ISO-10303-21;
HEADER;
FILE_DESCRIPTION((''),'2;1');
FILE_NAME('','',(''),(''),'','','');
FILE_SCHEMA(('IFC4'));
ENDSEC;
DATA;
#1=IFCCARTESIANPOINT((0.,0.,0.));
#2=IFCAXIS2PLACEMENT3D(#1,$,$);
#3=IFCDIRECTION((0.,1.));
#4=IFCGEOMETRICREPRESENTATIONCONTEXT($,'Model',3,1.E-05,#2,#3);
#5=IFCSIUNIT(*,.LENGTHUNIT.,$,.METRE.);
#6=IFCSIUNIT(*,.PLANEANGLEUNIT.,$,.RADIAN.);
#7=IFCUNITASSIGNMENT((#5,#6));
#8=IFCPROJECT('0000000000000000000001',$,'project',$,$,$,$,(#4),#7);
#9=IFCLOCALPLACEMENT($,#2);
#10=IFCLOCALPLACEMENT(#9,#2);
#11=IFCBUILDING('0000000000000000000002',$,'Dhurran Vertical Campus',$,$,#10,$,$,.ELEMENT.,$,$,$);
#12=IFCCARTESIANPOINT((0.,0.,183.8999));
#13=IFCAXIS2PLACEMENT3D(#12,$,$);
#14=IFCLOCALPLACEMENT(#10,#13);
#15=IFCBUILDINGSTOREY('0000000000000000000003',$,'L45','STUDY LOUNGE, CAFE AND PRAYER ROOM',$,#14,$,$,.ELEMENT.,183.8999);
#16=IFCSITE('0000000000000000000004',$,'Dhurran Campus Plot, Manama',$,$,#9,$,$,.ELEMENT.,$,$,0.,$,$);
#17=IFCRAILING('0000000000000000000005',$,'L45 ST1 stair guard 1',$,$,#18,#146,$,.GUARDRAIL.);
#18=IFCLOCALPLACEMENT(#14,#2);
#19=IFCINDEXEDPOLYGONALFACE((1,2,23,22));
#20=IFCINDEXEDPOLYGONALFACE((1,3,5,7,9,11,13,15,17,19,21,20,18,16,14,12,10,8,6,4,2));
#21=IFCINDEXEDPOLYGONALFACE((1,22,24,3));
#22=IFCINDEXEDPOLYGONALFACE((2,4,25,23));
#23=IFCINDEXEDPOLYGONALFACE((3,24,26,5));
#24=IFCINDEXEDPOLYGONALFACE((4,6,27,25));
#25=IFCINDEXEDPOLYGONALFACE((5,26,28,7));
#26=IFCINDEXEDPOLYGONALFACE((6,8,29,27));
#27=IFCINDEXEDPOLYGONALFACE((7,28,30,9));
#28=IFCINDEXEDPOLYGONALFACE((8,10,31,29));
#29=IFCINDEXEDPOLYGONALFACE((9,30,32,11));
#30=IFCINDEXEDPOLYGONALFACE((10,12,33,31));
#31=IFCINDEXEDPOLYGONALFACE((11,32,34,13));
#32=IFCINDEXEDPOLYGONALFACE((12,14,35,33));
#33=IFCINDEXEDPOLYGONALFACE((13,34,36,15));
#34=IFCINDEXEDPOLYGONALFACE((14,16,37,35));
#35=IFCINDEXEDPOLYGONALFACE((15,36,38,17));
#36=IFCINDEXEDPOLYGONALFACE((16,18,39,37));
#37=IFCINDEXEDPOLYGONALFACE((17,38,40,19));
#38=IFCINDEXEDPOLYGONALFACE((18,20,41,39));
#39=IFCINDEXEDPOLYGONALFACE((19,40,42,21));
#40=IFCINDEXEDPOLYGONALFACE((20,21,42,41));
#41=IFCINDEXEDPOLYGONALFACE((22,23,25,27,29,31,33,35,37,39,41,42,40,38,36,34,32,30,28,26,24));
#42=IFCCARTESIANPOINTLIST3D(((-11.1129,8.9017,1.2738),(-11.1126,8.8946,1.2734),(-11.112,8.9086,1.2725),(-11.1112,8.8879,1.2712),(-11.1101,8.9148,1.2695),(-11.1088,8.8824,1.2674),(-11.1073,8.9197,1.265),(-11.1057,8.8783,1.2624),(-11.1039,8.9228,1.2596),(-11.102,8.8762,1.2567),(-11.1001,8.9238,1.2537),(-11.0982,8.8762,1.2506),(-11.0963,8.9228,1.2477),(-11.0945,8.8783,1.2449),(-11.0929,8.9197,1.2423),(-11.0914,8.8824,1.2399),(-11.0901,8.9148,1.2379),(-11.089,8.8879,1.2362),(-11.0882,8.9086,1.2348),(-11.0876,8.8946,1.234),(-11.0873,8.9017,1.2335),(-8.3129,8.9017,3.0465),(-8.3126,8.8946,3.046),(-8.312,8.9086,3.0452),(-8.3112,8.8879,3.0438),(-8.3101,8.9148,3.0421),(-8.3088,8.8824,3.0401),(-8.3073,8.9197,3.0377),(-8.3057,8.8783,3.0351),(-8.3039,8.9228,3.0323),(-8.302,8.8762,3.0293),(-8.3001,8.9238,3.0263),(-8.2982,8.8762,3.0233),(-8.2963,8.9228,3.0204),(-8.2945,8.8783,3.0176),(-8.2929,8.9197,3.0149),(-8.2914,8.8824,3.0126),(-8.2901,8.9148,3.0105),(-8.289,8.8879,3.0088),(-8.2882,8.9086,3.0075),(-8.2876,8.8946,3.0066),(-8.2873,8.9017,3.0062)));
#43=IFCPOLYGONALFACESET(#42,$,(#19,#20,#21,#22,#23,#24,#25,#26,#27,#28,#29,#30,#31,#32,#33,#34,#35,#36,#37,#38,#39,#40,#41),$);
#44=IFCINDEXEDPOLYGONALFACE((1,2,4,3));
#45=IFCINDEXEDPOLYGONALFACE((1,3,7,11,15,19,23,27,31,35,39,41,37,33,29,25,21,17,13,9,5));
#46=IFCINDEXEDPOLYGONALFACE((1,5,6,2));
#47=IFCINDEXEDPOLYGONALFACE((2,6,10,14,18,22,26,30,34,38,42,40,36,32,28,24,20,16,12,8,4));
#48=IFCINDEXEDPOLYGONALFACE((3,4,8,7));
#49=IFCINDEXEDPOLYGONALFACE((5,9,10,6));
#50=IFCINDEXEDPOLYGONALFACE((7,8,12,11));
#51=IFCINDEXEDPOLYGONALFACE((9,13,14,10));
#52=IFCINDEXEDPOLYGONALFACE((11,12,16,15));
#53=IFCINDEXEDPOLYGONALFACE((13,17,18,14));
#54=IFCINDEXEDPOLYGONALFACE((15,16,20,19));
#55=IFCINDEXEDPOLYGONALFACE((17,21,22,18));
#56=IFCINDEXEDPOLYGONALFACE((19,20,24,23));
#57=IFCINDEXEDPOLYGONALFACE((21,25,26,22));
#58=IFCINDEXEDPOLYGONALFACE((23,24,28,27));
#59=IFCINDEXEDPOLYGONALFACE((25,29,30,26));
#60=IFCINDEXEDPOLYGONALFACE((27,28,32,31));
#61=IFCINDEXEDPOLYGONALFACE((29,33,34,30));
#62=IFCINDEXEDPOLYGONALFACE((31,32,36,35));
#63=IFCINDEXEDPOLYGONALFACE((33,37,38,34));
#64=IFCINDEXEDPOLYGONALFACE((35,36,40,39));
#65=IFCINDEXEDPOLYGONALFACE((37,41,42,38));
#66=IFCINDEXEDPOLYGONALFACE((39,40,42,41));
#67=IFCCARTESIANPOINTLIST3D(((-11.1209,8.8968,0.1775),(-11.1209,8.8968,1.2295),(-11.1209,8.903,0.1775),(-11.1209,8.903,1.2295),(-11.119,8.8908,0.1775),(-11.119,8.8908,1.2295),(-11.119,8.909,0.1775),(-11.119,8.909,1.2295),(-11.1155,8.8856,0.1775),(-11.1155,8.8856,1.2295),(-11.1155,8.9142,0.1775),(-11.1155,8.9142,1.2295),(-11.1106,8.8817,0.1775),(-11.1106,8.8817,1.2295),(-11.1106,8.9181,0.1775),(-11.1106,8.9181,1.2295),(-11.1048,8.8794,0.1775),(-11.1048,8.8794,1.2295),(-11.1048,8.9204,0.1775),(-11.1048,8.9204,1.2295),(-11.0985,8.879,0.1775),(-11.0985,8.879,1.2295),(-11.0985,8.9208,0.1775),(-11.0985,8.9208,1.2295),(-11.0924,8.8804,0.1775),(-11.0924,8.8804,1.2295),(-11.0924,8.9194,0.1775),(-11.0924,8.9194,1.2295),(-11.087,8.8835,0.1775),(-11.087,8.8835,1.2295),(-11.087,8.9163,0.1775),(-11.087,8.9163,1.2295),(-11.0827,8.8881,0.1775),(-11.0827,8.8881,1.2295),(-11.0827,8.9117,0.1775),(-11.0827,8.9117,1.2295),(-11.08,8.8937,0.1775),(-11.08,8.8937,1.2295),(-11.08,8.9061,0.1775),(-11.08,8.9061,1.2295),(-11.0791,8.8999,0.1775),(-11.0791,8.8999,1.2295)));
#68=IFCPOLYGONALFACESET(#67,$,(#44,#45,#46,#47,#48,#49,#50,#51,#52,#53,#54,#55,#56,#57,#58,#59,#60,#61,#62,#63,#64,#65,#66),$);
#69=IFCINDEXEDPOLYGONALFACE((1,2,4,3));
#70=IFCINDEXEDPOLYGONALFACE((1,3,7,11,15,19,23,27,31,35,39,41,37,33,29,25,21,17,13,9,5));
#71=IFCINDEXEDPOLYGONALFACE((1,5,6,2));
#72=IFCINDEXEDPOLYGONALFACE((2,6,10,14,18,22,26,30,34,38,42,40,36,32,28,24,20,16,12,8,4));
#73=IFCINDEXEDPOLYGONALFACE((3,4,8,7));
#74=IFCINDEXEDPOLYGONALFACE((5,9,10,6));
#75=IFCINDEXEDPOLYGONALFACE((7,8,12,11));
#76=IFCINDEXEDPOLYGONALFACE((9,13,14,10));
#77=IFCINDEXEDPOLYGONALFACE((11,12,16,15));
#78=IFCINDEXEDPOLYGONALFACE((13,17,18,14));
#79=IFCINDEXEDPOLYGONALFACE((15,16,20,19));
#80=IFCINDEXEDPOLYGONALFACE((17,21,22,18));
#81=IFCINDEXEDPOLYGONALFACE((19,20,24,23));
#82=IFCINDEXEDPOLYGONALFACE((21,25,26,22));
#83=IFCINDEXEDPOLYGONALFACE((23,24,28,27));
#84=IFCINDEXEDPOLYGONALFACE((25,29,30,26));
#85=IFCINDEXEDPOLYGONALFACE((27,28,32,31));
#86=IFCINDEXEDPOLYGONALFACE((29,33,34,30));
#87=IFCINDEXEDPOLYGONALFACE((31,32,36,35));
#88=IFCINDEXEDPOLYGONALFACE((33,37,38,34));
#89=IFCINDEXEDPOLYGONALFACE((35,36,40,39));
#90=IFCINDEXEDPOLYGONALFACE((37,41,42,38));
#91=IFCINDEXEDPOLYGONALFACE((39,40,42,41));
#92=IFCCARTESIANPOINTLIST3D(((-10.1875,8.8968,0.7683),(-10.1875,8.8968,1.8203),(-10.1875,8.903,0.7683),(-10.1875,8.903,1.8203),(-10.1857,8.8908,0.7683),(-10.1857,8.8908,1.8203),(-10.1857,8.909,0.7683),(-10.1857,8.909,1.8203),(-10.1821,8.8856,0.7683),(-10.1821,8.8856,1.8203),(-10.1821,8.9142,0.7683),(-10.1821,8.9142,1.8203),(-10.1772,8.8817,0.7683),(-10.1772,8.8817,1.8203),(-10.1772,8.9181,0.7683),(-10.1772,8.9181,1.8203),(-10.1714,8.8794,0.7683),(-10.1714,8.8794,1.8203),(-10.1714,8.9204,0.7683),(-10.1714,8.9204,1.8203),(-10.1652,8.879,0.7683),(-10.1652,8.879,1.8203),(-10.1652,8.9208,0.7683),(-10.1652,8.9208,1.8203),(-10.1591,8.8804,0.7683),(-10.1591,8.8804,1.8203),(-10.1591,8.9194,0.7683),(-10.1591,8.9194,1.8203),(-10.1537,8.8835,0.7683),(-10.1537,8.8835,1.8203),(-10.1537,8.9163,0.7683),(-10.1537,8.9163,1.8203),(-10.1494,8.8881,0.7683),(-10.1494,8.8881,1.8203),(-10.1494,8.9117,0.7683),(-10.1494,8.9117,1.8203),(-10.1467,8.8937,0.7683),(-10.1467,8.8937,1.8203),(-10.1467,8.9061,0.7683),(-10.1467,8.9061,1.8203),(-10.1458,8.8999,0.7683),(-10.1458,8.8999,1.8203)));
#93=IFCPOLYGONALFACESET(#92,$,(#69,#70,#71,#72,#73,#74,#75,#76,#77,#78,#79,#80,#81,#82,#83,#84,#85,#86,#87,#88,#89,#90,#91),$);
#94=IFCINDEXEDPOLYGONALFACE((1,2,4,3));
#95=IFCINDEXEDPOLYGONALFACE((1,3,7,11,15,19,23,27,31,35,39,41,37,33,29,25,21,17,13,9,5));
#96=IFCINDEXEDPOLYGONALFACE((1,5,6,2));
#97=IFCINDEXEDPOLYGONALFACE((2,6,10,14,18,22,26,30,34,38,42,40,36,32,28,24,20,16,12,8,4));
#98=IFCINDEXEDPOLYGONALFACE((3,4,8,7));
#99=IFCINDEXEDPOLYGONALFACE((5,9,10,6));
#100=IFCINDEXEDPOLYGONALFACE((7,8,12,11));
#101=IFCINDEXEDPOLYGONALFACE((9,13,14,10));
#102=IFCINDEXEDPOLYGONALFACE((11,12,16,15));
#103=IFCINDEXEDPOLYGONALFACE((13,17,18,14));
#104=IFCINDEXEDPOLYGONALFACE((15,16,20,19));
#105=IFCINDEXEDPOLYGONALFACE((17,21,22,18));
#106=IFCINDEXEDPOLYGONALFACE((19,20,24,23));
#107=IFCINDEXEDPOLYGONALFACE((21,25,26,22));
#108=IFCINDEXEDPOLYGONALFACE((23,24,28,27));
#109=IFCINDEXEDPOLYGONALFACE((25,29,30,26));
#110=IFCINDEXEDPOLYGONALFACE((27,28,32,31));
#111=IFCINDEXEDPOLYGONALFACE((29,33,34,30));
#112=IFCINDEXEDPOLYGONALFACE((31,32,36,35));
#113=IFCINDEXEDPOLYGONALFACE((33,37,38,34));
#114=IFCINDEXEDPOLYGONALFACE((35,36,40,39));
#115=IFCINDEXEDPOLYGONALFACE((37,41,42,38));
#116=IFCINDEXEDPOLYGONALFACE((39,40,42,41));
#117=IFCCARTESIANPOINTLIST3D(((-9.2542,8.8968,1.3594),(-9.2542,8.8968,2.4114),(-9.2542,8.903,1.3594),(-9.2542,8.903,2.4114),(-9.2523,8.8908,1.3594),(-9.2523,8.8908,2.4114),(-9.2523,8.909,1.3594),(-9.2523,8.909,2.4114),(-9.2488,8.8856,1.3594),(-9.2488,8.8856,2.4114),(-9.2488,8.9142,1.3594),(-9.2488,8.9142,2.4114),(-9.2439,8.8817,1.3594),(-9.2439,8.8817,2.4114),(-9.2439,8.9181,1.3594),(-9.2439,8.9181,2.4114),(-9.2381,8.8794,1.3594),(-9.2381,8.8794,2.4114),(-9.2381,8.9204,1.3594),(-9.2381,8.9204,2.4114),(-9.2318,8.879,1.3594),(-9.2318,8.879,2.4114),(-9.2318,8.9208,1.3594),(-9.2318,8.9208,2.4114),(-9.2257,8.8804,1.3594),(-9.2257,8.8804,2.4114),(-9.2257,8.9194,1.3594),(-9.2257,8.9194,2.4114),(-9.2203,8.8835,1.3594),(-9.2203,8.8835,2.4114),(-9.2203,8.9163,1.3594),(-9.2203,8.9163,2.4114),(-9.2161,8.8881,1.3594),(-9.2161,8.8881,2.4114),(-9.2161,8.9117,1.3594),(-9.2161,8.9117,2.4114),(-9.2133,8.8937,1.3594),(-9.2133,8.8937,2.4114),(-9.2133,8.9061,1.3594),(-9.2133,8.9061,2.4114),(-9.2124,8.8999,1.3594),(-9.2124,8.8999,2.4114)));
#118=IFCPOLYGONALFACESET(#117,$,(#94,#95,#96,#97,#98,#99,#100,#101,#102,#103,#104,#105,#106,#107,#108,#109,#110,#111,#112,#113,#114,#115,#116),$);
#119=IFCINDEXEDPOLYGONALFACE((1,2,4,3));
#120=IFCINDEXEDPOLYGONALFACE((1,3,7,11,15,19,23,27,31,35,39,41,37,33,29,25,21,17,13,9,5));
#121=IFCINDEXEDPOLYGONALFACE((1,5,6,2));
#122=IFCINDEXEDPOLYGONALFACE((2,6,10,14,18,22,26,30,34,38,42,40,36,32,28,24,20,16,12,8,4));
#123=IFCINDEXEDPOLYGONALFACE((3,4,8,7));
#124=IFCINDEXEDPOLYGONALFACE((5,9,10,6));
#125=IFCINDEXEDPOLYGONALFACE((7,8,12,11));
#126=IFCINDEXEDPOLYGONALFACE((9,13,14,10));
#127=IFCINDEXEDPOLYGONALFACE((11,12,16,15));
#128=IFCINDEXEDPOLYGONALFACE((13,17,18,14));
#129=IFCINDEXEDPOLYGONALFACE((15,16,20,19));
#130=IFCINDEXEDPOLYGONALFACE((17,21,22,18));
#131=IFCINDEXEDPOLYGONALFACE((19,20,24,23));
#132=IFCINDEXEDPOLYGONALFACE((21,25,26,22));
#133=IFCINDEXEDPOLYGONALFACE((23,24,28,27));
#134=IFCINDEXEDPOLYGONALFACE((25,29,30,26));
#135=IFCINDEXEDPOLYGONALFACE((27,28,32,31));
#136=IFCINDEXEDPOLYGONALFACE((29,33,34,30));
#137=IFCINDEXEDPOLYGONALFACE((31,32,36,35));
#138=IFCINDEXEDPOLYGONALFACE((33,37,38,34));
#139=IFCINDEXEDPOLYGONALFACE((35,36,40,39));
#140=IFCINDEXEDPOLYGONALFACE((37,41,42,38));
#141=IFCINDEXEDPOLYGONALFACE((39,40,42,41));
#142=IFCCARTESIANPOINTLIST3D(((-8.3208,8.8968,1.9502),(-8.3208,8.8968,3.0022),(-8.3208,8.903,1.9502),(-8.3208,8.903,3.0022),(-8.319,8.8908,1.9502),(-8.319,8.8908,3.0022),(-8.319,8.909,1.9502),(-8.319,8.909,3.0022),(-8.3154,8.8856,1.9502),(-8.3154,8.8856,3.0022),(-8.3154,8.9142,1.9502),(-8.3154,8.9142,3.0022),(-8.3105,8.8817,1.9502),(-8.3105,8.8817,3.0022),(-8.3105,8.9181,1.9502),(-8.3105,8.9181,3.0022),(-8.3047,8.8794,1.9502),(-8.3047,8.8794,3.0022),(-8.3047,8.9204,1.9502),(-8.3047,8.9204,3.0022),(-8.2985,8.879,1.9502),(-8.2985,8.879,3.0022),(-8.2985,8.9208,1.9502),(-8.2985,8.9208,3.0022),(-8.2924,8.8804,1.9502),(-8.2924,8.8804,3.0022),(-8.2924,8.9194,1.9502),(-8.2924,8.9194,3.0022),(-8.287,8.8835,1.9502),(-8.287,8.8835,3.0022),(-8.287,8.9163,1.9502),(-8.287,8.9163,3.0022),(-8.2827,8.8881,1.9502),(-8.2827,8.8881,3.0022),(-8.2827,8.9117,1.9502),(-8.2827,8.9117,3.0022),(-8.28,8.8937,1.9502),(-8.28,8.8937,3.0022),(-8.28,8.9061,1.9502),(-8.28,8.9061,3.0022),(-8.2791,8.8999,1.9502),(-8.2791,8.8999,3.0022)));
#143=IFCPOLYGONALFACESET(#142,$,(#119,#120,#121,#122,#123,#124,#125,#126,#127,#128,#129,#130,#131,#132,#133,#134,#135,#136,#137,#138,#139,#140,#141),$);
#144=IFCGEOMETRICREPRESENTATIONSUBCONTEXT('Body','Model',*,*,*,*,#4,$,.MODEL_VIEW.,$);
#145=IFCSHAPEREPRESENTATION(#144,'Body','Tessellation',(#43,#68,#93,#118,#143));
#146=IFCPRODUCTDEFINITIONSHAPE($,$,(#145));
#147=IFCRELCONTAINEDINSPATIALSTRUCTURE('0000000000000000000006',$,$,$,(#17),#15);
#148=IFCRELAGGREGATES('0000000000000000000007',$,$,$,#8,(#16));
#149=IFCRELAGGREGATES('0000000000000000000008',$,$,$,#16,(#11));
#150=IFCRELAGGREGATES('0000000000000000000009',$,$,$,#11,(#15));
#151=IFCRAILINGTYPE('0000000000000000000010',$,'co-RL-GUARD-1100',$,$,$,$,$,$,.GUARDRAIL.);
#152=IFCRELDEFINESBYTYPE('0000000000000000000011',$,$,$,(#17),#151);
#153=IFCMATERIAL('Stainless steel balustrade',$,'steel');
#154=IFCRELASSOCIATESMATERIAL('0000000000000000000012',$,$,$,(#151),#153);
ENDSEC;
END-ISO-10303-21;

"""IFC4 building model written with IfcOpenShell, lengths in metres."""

from ifc_helpers import new_model, si_unit, direction, frame, origin, origin_2d, place, context, subcontext, project, spatial, circle, extrude, material, type_object, element, save


model = new_model("IFC4")

# Units and contexts
model_context = context("Model", 3, precision=1e-05, world=origin(), true_north=direction((0.0, 1.0)))
body_context = subcontext(model_context, "Body", "Model", "MODEL_VIEW")
ifc_project = project(units=[si_unit("LENGTHUNIT", "METRE"), si_unit("PLANEANGLEUNIT", "RADIAN")], contexts=[model_context])

# Site, building, storey
site_placement = place(None, origin())
site = spatial("IfcSite", under=ifc_project, at=site_placement, Name="Dhurran Campus Plot, Manama", CompositionType="ELEMENT", RefElevation=0.0)
building_placement = place(site_placement, origin())
building = spatial("IfcBuilding", under=site, at=building_placement, Name="Dhurran Vertical Campus", CompositionType="ELEMENT")
storey_placement = place(building_placement, frame((0.0, 0.0, 183.8999)))
storey = spatial("IfcBuildingStorey", under=building, at=storey_placement, Name="L45", Description="STUDY LOUNGE, CAFE AND PRAYER ROOM", CompositionType="ELEMENT", Elevation=183.8999)

# Railing
ifc_material_1 = material(Name="Stainless steel balustrade", Category="steel")
railing_type_1 = type_object("IfcRailingType", Name="co-RL-GUARD-1100", PredefinedType="GUARDRAIL", material=ifc_material_1)
railing_1_placement = place(storey_placement, frame((-11.1001, 8.8999, 0.1775)))
element("IfcRailing", 1, at=railing_1_placement, inside=storey, type_object=railing_type_1, Name="L45 ST1 stair guard 1", PredefinedType="GUARDRAIL", context=body_context, shape_type="SweptSolid", body=[
    extrude(circle(Radius=0.0239, at=origin_2d()), frame((0.0, 0.0, 1.0762), z_axis=(0.844909, 0.0, 0.53491), x_axis=(0.0, 1.0, 0.0)), (0.0, 0.0, 1.0), 3.314),
    extrude(circle(Radius=0.021, at=origin_2d()), origin(), (0.0, 0.0, 1.0), 1.052),
    extrude(circle(Radius=0.021, at=origin_2d()), frame((0.9333, 0.0, 0.5908)), (0.0, 0.0, 1.0), 1.052),
    extrude(circle(Radius=0.021, at=origin_2d()), frame((1.8667, 0.0, 1.1819)), (0.0, 0.0, 1.0), 1.052),
    extrude(circle(Radius=0.021, at=origin_2d()), frame((2.8, 0.0, 1.7727)), (0.0, 0.0, 1.0), 1.052),
])

save(model, "model.ifc")
